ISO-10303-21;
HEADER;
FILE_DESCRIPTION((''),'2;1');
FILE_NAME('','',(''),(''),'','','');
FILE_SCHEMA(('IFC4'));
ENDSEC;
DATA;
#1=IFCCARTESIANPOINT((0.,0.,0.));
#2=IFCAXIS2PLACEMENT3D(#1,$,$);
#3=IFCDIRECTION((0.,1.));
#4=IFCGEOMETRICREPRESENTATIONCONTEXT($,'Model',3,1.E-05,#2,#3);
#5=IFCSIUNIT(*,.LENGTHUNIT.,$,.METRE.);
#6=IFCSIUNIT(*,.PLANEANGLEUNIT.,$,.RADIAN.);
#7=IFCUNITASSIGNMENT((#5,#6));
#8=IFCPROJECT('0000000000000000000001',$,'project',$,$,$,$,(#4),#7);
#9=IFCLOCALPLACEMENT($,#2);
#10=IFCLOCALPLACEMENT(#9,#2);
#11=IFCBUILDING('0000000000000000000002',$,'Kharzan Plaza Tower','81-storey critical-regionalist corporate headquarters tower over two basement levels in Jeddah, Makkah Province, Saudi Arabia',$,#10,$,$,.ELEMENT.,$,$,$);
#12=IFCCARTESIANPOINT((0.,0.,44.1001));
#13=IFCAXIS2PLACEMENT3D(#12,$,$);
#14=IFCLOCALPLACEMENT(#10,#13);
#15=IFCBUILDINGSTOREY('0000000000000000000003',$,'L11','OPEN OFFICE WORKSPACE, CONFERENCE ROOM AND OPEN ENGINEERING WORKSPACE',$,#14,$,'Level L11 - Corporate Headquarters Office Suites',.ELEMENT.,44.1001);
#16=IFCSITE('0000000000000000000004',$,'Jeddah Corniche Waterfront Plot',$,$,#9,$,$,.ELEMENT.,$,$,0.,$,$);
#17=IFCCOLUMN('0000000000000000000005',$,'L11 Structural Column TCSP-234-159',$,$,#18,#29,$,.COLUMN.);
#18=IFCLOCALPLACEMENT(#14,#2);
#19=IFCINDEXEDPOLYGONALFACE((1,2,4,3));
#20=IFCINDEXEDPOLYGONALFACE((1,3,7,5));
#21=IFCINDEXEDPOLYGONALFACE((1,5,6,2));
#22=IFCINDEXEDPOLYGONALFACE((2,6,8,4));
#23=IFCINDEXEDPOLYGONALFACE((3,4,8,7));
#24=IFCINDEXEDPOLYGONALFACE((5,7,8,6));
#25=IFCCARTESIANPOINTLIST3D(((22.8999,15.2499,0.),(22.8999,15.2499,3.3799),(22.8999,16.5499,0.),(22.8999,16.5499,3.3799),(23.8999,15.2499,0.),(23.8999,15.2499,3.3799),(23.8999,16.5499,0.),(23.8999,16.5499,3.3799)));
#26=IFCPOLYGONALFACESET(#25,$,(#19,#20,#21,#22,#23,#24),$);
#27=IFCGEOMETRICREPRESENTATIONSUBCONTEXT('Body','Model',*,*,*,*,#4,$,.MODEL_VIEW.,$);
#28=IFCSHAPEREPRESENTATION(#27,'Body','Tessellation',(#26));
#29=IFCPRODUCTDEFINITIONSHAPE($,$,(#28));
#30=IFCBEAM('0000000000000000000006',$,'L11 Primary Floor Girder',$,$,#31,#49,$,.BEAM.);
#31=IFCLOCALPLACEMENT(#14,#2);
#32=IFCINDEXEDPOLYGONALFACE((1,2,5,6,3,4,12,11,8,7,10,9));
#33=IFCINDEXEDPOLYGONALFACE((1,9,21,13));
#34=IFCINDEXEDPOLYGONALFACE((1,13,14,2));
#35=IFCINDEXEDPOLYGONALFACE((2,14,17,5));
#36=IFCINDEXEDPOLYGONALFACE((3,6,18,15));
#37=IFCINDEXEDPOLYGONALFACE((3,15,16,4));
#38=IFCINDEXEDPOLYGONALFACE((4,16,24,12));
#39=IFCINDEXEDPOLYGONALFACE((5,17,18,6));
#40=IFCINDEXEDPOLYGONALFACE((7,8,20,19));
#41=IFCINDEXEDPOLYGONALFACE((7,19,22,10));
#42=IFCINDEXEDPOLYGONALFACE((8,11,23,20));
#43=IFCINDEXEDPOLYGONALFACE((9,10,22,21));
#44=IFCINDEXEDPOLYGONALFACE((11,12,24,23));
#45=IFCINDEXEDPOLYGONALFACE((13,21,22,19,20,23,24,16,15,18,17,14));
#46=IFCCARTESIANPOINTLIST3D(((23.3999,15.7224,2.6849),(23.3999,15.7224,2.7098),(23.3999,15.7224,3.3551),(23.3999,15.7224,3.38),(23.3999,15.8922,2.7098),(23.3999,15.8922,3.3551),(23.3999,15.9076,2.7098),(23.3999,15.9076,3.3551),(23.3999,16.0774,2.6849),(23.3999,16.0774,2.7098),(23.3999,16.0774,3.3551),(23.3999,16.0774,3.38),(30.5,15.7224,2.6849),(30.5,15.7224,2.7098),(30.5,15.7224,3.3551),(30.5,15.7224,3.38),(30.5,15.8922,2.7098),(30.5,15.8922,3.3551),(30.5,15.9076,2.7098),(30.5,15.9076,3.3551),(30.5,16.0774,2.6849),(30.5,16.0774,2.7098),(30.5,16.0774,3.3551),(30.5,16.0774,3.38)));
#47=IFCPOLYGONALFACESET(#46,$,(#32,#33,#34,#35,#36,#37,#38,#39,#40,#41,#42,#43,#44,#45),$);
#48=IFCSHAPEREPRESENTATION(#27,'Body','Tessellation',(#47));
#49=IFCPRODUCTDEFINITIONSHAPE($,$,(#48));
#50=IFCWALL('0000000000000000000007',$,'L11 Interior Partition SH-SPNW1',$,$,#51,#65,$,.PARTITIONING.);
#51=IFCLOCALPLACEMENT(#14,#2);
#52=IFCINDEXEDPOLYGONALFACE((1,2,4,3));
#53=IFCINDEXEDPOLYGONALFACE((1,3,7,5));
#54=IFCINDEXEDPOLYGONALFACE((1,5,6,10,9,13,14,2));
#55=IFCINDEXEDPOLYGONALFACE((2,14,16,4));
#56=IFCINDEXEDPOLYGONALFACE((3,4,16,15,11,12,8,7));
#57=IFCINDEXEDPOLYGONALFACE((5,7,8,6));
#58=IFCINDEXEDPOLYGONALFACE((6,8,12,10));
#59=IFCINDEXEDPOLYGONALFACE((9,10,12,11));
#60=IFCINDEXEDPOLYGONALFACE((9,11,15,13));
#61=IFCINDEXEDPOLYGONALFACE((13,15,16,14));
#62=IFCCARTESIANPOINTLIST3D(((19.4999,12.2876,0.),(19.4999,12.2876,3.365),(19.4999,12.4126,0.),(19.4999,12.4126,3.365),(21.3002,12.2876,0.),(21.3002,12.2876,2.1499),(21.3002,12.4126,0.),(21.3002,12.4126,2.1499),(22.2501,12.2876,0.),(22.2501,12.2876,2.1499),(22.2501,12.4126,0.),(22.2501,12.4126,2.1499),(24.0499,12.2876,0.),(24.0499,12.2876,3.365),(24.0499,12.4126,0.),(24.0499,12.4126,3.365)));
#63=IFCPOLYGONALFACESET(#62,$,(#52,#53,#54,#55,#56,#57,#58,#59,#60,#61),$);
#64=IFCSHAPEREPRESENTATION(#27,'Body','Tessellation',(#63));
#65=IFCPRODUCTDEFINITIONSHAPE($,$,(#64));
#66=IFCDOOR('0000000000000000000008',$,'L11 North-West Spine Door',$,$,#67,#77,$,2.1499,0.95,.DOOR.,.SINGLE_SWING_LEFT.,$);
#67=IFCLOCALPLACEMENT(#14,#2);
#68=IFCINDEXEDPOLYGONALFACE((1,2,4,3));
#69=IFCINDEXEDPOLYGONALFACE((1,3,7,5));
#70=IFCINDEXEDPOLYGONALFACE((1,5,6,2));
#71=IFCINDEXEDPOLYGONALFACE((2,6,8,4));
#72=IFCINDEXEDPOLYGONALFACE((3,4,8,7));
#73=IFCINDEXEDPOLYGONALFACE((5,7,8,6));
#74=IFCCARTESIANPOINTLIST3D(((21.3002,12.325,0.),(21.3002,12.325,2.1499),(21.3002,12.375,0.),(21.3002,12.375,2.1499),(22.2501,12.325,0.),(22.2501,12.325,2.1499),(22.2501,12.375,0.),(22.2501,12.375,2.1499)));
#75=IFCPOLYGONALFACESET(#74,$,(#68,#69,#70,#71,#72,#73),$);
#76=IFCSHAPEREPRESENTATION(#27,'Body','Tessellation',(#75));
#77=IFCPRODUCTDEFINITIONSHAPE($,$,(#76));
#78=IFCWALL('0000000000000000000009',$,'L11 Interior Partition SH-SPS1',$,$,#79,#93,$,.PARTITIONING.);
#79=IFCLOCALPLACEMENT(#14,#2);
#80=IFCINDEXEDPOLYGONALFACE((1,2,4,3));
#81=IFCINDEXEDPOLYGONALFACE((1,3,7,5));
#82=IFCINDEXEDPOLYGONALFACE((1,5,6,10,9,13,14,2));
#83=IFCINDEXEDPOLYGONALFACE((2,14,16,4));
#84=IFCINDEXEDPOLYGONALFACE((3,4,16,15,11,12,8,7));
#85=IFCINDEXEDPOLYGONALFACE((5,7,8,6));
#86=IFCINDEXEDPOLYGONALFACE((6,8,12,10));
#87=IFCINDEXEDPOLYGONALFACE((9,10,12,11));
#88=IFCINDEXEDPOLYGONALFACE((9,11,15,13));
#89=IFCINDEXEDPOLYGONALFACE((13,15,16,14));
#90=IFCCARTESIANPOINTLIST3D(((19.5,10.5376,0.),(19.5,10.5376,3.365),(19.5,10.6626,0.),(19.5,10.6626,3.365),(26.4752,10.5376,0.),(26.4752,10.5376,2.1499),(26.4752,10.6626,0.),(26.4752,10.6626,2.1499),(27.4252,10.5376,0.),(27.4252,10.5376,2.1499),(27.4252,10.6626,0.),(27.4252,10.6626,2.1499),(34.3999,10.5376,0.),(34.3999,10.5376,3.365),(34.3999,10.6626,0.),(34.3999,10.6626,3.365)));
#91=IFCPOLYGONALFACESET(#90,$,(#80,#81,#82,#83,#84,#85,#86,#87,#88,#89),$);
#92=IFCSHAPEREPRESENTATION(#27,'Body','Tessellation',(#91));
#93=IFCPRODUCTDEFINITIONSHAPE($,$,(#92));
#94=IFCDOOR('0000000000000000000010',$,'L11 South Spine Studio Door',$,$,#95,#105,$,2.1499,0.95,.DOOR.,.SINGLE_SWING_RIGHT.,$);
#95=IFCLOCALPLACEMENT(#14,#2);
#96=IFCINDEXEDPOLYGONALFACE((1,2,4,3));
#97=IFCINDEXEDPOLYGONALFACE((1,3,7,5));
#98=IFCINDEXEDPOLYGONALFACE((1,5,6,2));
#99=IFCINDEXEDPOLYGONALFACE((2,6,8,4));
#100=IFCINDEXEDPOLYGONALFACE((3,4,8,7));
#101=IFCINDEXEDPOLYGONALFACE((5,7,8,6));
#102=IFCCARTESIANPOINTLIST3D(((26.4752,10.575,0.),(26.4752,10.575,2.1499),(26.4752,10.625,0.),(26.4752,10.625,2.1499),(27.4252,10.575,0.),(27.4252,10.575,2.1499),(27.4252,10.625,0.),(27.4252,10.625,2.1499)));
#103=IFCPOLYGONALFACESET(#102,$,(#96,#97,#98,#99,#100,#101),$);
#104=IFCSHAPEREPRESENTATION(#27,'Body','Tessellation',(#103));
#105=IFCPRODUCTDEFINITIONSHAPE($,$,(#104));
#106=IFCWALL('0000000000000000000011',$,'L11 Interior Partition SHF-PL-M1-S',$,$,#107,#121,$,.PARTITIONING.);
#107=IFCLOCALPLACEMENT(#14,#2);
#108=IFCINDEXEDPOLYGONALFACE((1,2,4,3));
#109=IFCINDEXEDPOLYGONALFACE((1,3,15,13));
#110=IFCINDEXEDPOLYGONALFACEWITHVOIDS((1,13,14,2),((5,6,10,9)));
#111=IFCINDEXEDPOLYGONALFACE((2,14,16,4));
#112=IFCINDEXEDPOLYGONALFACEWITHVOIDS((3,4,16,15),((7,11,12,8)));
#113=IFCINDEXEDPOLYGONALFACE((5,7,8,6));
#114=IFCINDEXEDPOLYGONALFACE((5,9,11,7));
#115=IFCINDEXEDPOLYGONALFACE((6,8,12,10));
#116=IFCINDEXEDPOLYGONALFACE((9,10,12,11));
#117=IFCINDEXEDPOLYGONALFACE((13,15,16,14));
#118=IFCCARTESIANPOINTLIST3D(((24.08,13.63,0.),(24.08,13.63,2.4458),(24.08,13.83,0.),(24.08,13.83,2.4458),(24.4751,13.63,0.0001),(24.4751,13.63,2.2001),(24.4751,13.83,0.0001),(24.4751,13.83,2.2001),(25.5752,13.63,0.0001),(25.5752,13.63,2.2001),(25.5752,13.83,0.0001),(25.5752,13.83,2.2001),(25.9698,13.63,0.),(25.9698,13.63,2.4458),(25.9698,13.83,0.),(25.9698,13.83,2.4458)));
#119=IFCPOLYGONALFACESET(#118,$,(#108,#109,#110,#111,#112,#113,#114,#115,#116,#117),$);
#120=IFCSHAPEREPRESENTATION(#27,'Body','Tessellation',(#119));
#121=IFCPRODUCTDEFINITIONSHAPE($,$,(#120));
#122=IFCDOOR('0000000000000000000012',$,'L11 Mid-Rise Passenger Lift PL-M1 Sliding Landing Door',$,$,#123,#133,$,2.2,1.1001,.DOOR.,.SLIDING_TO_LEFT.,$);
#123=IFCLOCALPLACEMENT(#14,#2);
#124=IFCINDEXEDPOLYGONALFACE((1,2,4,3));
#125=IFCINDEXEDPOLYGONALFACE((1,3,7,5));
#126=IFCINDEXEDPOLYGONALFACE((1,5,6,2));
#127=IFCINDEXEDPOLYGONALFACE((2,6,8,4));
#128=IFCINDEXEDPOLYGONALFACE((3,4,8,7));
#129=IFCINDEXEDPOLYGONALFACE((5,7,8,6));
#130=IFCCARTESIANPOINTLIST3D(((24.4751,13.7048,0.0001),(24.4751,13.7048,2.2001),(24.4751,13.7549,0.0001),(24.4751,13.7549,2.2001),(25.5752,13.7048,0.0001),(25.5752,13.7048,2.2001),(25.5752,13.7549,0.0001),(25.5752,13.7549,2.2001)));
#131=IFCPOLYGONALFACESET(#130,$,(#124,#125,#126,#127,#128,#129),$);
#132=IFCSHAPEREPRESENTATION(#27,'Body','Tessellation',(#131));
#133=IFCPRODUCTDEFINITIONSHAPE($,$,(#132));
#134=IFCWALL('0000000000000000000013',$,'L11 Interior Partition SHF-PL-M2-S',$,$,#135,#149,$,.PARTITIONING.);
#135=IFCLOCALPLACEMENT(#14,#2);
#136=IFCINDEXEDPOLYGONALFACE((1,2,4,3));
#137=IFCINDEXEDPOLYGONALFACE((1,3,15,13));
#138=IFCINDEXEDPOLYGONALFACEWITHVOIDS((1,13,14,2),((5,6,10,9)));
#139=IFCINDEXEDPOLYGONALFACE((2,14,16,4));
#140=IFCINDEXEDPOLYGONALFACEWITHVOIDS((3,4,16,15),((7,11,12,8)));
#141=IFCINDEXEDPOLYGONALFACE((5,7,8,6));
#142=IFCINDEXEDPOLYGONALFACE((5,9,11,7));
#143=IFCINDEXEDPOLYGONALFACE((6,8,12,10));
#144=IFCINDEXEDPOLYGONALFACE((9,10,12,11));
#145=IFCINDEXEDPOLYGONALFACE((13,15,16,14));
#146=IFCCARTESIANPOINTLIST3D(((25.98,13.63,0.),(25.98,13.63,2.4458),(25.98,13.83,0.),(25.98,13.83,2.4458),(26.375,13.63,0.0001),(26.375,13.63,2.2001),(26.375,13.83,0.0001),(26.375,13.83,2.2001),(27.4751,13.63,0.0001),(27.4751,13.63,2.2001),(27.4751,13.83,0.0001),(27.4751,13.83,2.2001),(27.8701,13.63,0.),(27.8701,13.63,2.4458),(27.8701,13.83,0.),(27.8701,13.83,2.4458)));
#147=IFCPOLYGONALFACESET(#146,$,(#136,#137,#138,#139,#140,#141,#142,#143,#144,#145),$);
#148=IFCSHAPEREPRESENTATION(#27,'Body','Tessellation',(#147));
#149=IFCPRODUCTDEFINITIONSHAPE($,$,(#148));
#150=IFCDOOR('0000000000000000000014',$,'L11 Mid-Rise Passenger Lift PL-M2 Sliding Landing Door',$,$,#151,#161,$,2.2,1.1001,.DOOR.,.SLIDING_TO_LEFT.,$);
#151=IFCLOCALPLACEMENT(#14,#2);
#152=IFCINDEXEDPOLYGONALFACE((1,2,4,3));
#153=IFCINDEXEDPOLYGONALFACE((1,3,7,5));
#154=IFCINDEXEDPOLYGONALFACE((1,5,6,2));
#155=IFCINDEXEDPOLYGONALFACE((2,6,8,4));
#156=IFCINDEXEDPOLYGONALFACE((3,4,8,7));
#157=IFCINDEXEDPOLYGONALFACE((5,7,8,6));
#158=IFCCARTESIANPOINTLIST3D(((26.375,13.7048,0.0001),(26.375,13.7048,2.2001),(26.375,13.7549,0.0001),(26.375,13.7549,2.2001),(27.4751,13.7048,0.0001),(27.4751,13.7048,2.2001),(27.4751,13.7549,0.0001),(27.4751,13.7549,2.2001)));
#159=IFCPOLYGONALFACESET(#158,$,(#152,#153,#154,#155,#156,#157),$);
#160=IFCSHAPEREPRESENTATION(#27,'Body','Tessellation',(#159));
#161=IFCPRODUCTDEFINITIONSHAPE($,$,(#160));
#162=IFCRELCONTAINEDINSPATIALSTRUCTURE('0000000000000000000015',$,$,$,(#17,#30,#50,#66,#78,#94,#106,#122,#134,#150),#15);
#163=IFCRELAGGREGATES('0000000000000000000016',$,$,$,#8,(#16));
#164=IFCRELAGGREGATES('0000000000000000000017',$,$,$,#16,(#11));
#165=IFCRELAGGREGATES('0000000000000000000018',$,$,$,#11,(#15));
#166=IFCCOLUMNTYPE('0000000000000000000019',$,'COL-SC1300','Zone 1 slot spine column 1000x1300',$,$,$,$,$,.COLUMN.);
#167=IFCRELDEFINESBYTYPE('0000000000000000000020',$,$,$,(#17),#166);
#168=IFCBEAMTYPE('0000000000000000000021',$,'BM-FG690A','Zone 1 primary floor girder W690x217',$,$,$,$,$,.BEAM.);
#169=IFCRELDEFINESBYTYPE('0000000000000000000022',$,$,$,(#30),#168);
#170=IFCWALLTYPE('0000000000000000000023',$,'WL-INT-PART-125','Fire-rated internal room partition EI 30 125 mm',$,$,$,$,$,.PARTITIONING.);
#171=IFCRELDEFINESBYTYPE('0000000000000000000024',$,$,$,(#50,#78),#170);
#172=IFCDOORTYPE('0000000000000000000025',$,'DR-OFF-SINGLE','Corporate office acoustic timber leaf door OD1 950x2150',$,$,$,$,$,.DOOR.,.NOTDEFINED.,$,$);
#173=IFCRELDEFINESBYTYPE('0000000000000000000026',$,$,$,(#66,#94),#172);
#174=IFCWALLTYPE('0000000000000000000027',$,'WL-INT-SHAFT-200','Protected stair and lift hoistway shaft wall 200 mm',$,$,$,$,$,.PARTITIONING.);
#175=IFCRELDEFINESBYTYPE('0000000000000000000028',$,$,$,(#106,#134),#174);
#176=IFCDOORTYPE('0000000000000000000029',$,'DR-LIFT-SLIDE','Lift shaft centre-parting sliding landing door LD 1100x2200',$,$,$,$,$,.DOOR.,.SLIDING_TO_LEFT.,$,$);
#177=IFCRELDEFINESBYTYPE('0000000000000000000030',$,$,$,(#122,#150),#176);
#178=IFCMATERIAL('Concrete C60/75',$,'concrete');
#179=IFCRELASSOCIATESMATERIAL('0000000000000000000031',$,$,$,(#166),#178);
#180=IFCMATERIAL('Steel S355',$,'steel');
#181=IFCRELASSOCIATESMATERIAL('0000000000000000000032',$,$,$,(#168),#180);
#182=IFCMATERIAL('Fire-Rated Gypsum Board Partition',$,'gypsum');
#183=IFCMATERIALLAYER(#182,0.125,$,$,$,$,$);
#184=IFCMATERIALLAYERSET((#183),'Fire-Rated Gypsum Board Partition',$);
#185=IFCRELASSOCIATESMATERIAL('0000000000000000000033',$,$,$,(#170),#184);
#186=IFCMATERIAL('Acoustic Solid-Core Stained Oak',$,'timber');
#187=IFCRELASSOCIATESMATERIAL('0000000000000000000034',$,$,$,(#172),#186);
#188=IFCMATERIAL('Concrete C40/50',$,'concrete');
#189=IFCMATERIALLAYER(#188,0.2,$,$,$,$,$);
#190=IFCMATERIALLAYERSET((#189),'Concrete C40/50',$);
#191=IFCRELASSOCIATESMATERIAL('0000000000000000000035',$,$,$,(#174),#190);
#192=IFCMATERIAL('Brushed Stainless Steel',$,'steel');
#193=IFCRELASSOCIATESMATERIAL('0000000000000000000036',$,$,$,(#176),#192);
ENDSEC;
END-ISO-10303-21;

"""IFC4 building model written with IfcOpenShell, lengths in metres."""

from ifc_helpers import new_model, si_unit, direction, frame, frame_2d, origin, origin_2d, place, context, subcontext, project, spatial, rectangle, i_section, extrude, source, transform, mapped, material, layer, layer_set, material_profile, profile_set, type_object, element, fill, save


model = new_model("IFC4")

# Units and contexts
model_context = context("Model", 3, precision=1e-05, world=origin(), true_north=direction((0.0, 1.0)))
body_context = subcontext(model_context, "Body", "Model", "MODEL_VIEW")
ifc_project = project(units=[si_unit("LENGTHUNIT", "METRE"), si_unit("PLANEANGLEUNIT", "RADIAN")], contexts=[model_context])

# Site, building, storey
site_placement = place(None, origin())
site = spatial("IfcSite", under=ifc_project, at=site_placement, Name="Jeddah Corniche Waterfront Plot", CompositionType="ELEMENT", RefElevation=0.0)
building_placement = place(site_placement, origin())
building = spatial("IfcBuilding", under=site, at=building_placement, Name="Kharzan Plaza Tower", Description="81-storey critical-regionalist corporate headquarters tower over two basement levels in Jeddah, Makkah Province, Saudi Arabia", CompositionType="ELEMENT")
storey_placement = place(building_placement, frame((0.0, 0.0, 44.1001)))
storey = spatial("IfcBuildingStorey", under=building, at=storey_placement, Name="L11", Description="OPEN OFFICE WORKSPACE, CONFERENCE ROOM AND OPEN ENGINEERING WORKSPACE", LongName="Level L11 - Corporate Headquarters Office Suites", CompositionType="ELEMENT", Elevation=44.1001)

# Column
ifc_material_1 = material(Name="Concrete C60/75", Category="concrete")
ifc_material_profile_1 = material_profile(ifc_material_1, rectangle(XDim=1.0, YDim=1.3, at=origin_2d()), Name="RC-SC1300x1000")
ifc_profile_set_1 = profile_set([ifc_material_profile_1], Name="Concrete C60/75")
column_type = type_object("IfcColumnType", Name="COL-SC1300", Description="Zone 1 slot spine column 1000x1300", PredefinedType="COLUMN", material=ifc_profile_set_1)
shared_shape_1 = source(origin(), body_context, "Body", "SweptSolid", [
    extrude(rectangle(XDim=1.0, YDim=1.3, at=origin_2d()), origin(), (0.0, 0.0, 1.0), 3.3799),
])
column_placement = place(storey_placement, frame((23.3999, 15.8999, 0.0), z_axis=(0.0, 0.0, 1.0), x_axis=(1.0, 0.0, 0.0)))
element("IfcColumn", 1, at=column_placement, inside=storey, type_object=column_type, Name="L11 Structural Column TCSP-234-159", PredefinedType="COLUMN", context=body_context, shape_type="MappedRepresentation", body=[
    mapped(shared_shape_1, transform((0.0, 0.0, 0.0), x_axis=(1.0, 0.0, 0.0), y_axis=(0.0, 1.0, 0.0), z_axis=(0.0, 0.0, 1.0))),
])

# Beam
ifc_material_2 = material(Name="Steel S355", Category="steel")
ifc_material_profile_2 = material_profile(ifc_material_2, i_section(OverallWidth=0.355, OverallDepth=0.6951, WebThickness=0.0154, FlangeThickness=0.0249, at=origin_2d()), Name="W690x217")
ifc_profile_set_2 = profile_set([ifc_material_profile_2], Name="Steel S355")
beam_type = type_object("IfcBeamType", Name="BM-FG690A", Description="Zone 1 primary floor girder W690x217", PredefinedType="BEAM", material=ifc_profile_set_2)
shared_shape_2 = source(origin(), body_context, "Body", "SweptSolid", [
    extrude(i_section(OverallWidth=0.355, OverallDepth=0.6951, WebThickness=0.0154, FlangeThickness=0.0249, at=origin_2d()), origin(), (0.0, 0.0, 1.0), 7.1001),
])
beam_placement = place(storey_placement, frame((23.3999, 15.8999, 3.0325), z_axis=(1.0, 0.0, 0.0), x_axis=(0.0, 1.0, 0.0)))
element("IfcBeam", 2, at=beam_placement, inside=storey, type_object=beam_type, Name="L11 Primary Floor Girder", PredefinedType="BEAM", context=body_context, shape_type="MappedRepresentation", body=[
    mapped(shared_shape_2, transform((0.0, 0.0, 0.0), x_axis=(1.0, 0.0, 0.0), y_axis=(0.0, 1.0, 0.0), z_axis=(0.0, 0.0, 1.0))),
])

# Walls, openings, doors
ifc_material_3 = material(Name="Fire-Rated Gypsum Board Partition", Category="gypsum")
ifc_layer_1 = layer(ifc_material_3, 0.125)
ifc_layer_set_1 = layer_set([ifc_layer_1], Name="Fire-Rated Gypsum Board Partition")
wall_type_1 = type_object("IfcWallType", Name="WL-INT-PART-125", Description="Fire-rated internal room partition EI 30 125 mm", PredefinedType="PARTITIONING", material=ifc_layer_set_1)
wall_1_placement = place(storey_placement, frame((19.5, 12.3501, 0.0), z_axis=(0.0, 0.0, 1.0), x_axis=(1.0, 0.0, 0.0)))
wall_1 = element("IfcWall", 3, at=wall_1_placement, inside=storey, type_object=wall_type_1, Name="L11 Interior Partition SH-SPNW1", PredefinedType="PARTITIONING", context=body_context, shape_type="SweptSolid", body=[
    extrude(rectangle(XDim=4.55, YDim=0.125, at=frame_2d((2.2749, 0.0))), origin(), (0.0, 0.0, 1.0), 3.365),
])
opening_1_placement = place(wall_1_placement, frame((1.8, 0.0, 0.0)))
opening_1 = element("IfcOpeningElement", 4, at=opening_1_placement, cuts=wall_1, PredefinedType="OPENING", context=body_context, shape_type="SweptSolid", body=[
    extrude(rectangle(XDim=0.95, YDim=2.1499, at=frame_2d((0.4751, 1.075))), frame((0.0, 0.0725, 0.0), z_axis=(0.0, -1.0, 0.0), x_axis=(1.0, 0.0, 0.0)), (0.0, 0.0, 1.0), 0.145),
])
ifc_material_4 = material(Name="Acoustic Solid-Core Stained Oak", Category="timber")
door_type_1 = type_object("IfcDoorType", Name="DR-OFF-SINGLE", Description="Corporate office acoustic timber leaf door OD1 950x2150", OperationType="NOTDEFINED", PredefinedType="DOOR", material=ifc_material_4)
shared_shape_3 = source(origin(), body_context, "Body", "SweptSolid", [
    extrude(rectangle(XDim=0.95, YDim=2.1499, at=frame_2d((0.4751, 1.075))), frame((0.0, 0.0249, 0.0), z_axis=(0.0, -1.0, 0.0), x_axis=(1.0, 0.0, 0.0)), (0.0, 0.0, 1.0), 0.05),
])
door_1_placement = place(opening_1_placement, origin())
door_1 = element("IfcDoor", 5, at=door_1_placement, inside=storey, type_object=door_type_1, Name="L11 North-West Spine Door", OperationType="SINGLE_SWING_LEFT", OverallHeight=2.1499, OverallWidth=0.95, PredefinedType="DOOR", context=body_context, shape_type="MappedRepresentation", body=[
    mapped(shared_shape_3, transform((0.0, 0.0, 0.0), x_axis=(1.0, 0.0, 0.0), y_axis=(0.0, 1.0, 0.0), z_axis=(0.0, 0.0, 1.0))),
])
fill(opening_1, door_1)
wall_2_placement = place(storey_placement, frame((19.5, 10.6001, 0.0), z_axis=(0.0, 0.0, 1.0), x_axis=(1.0, 0.0, 0.0)))
wall_2 = element("IfcWall", 6, at=wall_2_placement, inside=storey, type_object=wall_type_1, Name="L11 Interior Partition SH-SPS1", PredefinedType="PARTITIONING", context=body_context, shape_type="SweptSolid", body=[
    extrude(rectangle(XDim=14.8999, YDim=0.125, at=frame_2d((7.45, 0.0))), origin(), (0.0, 0.0, 1.0), 3.365),
])
opening_2_placement = place(wall_2_placement, frame((6.9751, 0.0, 0.0)))
opening_2 = element("IfcOpeningElement", 7, at=opening_2_placement, cuts=wall_2, PredefinedType="OPENING", context=body_context, shape_type="SweptSolid", body=[
    extrude(rectangle(XDim=0.95, YDim=2.1499, at=frame_2d((0.4751, 1.075))), frame((0.0, 0.0725, 0.0), z_axis=(0.0, -1.0, 0.0), x_axis=(1.0, 0.0, 0.0)), (0.0, 0.0, 1.0), 0.145),
])
door_2_placement = place(opening_2_placement, origin())
door_2 = element("IfcDoor", 8, at=door_2_placement, inside=storey, type_object=door_type_1, Name="L11 South Spine Studio Door", OperationType="SINGLE_SWING_RIGHT", OverallHeight=2.1499, OverallWidth=0.95, PredefinedType="DOOR", context=body_context, shape_type="MappedRepresentation", body=[
    mapped(shared_shape_3, transform((0.0, 0.0, 0.0), x_axis=(1.0, 0.0, 0.0), y_axis=(0.0, 1.0, 0.0), z_axis=(0.0, 0.0, 1.0))),
])
fill(opening_2, door_2)
ifc_material_5 = material(Name="Concrete C40/50", Category="concrete")
ifc_layer_2 = layer(ifc_material_5, 0.2)
ifc_layer_set_2 = layer_set([ifc_layer_2], Name="Concrete C40/50")
wall_type_2 = type_object("IfcWallType", Name="WL-INT-SHAFT-200", Description="Protected stair and lift hoistway shaft wall 200 mm", PredefinedType="PARTITIONING", material=ifc_layer_set_2)
wall_3_placement = place(storey_placement, frame((24.0801, 13.73, 0.0), z_axis=(0.0, 0.0, 1.0), x_axis=(1.0, 0.0, 0.0)))
wall_3 = element("IfcWall", 9, at=wall_3_placement, inside=storey, type_object=wall_type_2, Name="L11 Interior Partition SHF-PL-M1-S", PredefinedType="PARTITIONING", context=body_context, shape_type="SweptSolid", body=[
    extrude(rectangle(XDim=1.8899, YDim=0.2, at=frame_2d((0.9448, 0.0))), origin(), (0.0, 0.0, 1.0), 2.4458),
])
opening_3_placement = place(wall_3_placement, frame((0.395, 0.0, 0.0)))
opening_3 = element("IfcOpeningElement", 10, at=opening_3_placement, cuts=wall_3, PredefinedType="OPENING", context=body_context, shape_type="SweptSolid", body=[
    extrude(rectangle(XDim=1.1001, YDim=2.2, at=frame_2d((0.55, 1.1001))), frame((0.0, 0.1099, 0.0), z_axis=(0.0, -1.0, 0.0), x_axis=(1.0, 0.0, 0.0)), (0.0, 0.0, 1.0), 0.22),
])
ifc_material_6 = material(Name="Brushed Stainless Steel", Category="steel")
door_type_2 = type_object("IfcDoorType", Name="DR-LIFT-SLIDE", Description="Lift shaft centre-parting sliding landing door LD 1100x2200", OperationType="SLIDING_TO_LEFT", PredefinedType="DOOR", material=ifc_material_6)
shared_shape_4 = source(origin(), body_context, "Body", "SweptSolid", [
    extrude(rectangle(XDim=1.1001, YDim=2.2, at=frame_2d((0.55, 1.1001))), frame((0.0, 0.0249, 0.0), z_axis=(0.0, -1.0, 0.0), x_axis=(1.0, 0.0, 0.0)), (0.0, 0.0, 1.0), 0.05),
])
door_3_placement = place(opening_3_placement, origin())
door_3 = element("IfcDoor", 11, at=door_3_placement, inside=storey, type_object=door_type_2, Name="L11 Mid-Rise Passenger Lift PL-M1 Sliding Landing Door", OperationType="SLIDING_TO_LEFT", OverallHeight=2.2, OverallWidth=1.1001, PredefinedType="DOOR", context=body_context, shape_type="MappedRepresentation", body=[
    mapped(shared_shape_4, transform((0.0, 0.0, 0.0), x_axis=(1.0, 0.0, 0.0), y_axis=(0.0, 1.0, 0.0), z_axis=(0.0, 0.0, 1.0))),
])
fill(opening_3, door_3)
wall_4_placement = place(storey_placement, frame((25.98, 13.73, 0.0), z_axis=(0.0, 0.0, 1.0), x_axis=(1.0, 0.0, 0.0)))
wall_4 = element("IfcWall", 12, at=wall_4_placement, inside=storey, type_object=wall_type_2, Name="L11 Interior Partition SHF-PL-M2-S", PredefinedType="PARTITIONING", context=body_context, shape_type="SweptSolid", body=[
    extrude(rectangle(XDim=1.8901, YDim=0.2, at=frame_2d((0.9451, 0.0))), origin(), (0.0, 0.0, 1.0), 2.4458),
])
opening_4_placement = place(wall_4_placement, frame((0.395, 0.0, 0.0)))
opening_4 = element("IfcOpeningElement", 13, at=opening_4_placement, cuts=wall_4, PredefinedType="OPENING", context=body_context, shape_type="SweptSolid", body=[
    extrude(rectangle(XDim=1.1001, YDim=2.2, at=frame_2d((0.55, 1.1001))), frame((0.0, 0.1099, 0.0), z_axis=(0.0, -1.0, 0.0), x_axis=(1.0, 0.0, 0.0)), (0.0, 0.0, 1.0), 0.22),
])
door_4_placement = place(opening_4_placement, origin())
door_4 = element("IfcDoor", 14, at=door_4_placement, inside=storey, type_object=door_type_2, Name="L11 Mid-Rise Passenger Lift PL-M2 Sliding Landing Door", OperationType="SLIDING_TO_LEFT", OverallHeight=2.2, OverallWidth=1.1001, PredefinedType="DOOR", context=body_context, shape_type="MappedRepresentation", body=[
    mapped(shared_shape_4, transform((0.0, 0.0, 0.0), x_axis=(1.0, 0.0, 0.0), y_axis=(0.0, 1.0, 0.0), z_axis=(0.0, 0.0, 1.0))),
])
fill(opening_4, door_4)

save(model, "model.ifc")
